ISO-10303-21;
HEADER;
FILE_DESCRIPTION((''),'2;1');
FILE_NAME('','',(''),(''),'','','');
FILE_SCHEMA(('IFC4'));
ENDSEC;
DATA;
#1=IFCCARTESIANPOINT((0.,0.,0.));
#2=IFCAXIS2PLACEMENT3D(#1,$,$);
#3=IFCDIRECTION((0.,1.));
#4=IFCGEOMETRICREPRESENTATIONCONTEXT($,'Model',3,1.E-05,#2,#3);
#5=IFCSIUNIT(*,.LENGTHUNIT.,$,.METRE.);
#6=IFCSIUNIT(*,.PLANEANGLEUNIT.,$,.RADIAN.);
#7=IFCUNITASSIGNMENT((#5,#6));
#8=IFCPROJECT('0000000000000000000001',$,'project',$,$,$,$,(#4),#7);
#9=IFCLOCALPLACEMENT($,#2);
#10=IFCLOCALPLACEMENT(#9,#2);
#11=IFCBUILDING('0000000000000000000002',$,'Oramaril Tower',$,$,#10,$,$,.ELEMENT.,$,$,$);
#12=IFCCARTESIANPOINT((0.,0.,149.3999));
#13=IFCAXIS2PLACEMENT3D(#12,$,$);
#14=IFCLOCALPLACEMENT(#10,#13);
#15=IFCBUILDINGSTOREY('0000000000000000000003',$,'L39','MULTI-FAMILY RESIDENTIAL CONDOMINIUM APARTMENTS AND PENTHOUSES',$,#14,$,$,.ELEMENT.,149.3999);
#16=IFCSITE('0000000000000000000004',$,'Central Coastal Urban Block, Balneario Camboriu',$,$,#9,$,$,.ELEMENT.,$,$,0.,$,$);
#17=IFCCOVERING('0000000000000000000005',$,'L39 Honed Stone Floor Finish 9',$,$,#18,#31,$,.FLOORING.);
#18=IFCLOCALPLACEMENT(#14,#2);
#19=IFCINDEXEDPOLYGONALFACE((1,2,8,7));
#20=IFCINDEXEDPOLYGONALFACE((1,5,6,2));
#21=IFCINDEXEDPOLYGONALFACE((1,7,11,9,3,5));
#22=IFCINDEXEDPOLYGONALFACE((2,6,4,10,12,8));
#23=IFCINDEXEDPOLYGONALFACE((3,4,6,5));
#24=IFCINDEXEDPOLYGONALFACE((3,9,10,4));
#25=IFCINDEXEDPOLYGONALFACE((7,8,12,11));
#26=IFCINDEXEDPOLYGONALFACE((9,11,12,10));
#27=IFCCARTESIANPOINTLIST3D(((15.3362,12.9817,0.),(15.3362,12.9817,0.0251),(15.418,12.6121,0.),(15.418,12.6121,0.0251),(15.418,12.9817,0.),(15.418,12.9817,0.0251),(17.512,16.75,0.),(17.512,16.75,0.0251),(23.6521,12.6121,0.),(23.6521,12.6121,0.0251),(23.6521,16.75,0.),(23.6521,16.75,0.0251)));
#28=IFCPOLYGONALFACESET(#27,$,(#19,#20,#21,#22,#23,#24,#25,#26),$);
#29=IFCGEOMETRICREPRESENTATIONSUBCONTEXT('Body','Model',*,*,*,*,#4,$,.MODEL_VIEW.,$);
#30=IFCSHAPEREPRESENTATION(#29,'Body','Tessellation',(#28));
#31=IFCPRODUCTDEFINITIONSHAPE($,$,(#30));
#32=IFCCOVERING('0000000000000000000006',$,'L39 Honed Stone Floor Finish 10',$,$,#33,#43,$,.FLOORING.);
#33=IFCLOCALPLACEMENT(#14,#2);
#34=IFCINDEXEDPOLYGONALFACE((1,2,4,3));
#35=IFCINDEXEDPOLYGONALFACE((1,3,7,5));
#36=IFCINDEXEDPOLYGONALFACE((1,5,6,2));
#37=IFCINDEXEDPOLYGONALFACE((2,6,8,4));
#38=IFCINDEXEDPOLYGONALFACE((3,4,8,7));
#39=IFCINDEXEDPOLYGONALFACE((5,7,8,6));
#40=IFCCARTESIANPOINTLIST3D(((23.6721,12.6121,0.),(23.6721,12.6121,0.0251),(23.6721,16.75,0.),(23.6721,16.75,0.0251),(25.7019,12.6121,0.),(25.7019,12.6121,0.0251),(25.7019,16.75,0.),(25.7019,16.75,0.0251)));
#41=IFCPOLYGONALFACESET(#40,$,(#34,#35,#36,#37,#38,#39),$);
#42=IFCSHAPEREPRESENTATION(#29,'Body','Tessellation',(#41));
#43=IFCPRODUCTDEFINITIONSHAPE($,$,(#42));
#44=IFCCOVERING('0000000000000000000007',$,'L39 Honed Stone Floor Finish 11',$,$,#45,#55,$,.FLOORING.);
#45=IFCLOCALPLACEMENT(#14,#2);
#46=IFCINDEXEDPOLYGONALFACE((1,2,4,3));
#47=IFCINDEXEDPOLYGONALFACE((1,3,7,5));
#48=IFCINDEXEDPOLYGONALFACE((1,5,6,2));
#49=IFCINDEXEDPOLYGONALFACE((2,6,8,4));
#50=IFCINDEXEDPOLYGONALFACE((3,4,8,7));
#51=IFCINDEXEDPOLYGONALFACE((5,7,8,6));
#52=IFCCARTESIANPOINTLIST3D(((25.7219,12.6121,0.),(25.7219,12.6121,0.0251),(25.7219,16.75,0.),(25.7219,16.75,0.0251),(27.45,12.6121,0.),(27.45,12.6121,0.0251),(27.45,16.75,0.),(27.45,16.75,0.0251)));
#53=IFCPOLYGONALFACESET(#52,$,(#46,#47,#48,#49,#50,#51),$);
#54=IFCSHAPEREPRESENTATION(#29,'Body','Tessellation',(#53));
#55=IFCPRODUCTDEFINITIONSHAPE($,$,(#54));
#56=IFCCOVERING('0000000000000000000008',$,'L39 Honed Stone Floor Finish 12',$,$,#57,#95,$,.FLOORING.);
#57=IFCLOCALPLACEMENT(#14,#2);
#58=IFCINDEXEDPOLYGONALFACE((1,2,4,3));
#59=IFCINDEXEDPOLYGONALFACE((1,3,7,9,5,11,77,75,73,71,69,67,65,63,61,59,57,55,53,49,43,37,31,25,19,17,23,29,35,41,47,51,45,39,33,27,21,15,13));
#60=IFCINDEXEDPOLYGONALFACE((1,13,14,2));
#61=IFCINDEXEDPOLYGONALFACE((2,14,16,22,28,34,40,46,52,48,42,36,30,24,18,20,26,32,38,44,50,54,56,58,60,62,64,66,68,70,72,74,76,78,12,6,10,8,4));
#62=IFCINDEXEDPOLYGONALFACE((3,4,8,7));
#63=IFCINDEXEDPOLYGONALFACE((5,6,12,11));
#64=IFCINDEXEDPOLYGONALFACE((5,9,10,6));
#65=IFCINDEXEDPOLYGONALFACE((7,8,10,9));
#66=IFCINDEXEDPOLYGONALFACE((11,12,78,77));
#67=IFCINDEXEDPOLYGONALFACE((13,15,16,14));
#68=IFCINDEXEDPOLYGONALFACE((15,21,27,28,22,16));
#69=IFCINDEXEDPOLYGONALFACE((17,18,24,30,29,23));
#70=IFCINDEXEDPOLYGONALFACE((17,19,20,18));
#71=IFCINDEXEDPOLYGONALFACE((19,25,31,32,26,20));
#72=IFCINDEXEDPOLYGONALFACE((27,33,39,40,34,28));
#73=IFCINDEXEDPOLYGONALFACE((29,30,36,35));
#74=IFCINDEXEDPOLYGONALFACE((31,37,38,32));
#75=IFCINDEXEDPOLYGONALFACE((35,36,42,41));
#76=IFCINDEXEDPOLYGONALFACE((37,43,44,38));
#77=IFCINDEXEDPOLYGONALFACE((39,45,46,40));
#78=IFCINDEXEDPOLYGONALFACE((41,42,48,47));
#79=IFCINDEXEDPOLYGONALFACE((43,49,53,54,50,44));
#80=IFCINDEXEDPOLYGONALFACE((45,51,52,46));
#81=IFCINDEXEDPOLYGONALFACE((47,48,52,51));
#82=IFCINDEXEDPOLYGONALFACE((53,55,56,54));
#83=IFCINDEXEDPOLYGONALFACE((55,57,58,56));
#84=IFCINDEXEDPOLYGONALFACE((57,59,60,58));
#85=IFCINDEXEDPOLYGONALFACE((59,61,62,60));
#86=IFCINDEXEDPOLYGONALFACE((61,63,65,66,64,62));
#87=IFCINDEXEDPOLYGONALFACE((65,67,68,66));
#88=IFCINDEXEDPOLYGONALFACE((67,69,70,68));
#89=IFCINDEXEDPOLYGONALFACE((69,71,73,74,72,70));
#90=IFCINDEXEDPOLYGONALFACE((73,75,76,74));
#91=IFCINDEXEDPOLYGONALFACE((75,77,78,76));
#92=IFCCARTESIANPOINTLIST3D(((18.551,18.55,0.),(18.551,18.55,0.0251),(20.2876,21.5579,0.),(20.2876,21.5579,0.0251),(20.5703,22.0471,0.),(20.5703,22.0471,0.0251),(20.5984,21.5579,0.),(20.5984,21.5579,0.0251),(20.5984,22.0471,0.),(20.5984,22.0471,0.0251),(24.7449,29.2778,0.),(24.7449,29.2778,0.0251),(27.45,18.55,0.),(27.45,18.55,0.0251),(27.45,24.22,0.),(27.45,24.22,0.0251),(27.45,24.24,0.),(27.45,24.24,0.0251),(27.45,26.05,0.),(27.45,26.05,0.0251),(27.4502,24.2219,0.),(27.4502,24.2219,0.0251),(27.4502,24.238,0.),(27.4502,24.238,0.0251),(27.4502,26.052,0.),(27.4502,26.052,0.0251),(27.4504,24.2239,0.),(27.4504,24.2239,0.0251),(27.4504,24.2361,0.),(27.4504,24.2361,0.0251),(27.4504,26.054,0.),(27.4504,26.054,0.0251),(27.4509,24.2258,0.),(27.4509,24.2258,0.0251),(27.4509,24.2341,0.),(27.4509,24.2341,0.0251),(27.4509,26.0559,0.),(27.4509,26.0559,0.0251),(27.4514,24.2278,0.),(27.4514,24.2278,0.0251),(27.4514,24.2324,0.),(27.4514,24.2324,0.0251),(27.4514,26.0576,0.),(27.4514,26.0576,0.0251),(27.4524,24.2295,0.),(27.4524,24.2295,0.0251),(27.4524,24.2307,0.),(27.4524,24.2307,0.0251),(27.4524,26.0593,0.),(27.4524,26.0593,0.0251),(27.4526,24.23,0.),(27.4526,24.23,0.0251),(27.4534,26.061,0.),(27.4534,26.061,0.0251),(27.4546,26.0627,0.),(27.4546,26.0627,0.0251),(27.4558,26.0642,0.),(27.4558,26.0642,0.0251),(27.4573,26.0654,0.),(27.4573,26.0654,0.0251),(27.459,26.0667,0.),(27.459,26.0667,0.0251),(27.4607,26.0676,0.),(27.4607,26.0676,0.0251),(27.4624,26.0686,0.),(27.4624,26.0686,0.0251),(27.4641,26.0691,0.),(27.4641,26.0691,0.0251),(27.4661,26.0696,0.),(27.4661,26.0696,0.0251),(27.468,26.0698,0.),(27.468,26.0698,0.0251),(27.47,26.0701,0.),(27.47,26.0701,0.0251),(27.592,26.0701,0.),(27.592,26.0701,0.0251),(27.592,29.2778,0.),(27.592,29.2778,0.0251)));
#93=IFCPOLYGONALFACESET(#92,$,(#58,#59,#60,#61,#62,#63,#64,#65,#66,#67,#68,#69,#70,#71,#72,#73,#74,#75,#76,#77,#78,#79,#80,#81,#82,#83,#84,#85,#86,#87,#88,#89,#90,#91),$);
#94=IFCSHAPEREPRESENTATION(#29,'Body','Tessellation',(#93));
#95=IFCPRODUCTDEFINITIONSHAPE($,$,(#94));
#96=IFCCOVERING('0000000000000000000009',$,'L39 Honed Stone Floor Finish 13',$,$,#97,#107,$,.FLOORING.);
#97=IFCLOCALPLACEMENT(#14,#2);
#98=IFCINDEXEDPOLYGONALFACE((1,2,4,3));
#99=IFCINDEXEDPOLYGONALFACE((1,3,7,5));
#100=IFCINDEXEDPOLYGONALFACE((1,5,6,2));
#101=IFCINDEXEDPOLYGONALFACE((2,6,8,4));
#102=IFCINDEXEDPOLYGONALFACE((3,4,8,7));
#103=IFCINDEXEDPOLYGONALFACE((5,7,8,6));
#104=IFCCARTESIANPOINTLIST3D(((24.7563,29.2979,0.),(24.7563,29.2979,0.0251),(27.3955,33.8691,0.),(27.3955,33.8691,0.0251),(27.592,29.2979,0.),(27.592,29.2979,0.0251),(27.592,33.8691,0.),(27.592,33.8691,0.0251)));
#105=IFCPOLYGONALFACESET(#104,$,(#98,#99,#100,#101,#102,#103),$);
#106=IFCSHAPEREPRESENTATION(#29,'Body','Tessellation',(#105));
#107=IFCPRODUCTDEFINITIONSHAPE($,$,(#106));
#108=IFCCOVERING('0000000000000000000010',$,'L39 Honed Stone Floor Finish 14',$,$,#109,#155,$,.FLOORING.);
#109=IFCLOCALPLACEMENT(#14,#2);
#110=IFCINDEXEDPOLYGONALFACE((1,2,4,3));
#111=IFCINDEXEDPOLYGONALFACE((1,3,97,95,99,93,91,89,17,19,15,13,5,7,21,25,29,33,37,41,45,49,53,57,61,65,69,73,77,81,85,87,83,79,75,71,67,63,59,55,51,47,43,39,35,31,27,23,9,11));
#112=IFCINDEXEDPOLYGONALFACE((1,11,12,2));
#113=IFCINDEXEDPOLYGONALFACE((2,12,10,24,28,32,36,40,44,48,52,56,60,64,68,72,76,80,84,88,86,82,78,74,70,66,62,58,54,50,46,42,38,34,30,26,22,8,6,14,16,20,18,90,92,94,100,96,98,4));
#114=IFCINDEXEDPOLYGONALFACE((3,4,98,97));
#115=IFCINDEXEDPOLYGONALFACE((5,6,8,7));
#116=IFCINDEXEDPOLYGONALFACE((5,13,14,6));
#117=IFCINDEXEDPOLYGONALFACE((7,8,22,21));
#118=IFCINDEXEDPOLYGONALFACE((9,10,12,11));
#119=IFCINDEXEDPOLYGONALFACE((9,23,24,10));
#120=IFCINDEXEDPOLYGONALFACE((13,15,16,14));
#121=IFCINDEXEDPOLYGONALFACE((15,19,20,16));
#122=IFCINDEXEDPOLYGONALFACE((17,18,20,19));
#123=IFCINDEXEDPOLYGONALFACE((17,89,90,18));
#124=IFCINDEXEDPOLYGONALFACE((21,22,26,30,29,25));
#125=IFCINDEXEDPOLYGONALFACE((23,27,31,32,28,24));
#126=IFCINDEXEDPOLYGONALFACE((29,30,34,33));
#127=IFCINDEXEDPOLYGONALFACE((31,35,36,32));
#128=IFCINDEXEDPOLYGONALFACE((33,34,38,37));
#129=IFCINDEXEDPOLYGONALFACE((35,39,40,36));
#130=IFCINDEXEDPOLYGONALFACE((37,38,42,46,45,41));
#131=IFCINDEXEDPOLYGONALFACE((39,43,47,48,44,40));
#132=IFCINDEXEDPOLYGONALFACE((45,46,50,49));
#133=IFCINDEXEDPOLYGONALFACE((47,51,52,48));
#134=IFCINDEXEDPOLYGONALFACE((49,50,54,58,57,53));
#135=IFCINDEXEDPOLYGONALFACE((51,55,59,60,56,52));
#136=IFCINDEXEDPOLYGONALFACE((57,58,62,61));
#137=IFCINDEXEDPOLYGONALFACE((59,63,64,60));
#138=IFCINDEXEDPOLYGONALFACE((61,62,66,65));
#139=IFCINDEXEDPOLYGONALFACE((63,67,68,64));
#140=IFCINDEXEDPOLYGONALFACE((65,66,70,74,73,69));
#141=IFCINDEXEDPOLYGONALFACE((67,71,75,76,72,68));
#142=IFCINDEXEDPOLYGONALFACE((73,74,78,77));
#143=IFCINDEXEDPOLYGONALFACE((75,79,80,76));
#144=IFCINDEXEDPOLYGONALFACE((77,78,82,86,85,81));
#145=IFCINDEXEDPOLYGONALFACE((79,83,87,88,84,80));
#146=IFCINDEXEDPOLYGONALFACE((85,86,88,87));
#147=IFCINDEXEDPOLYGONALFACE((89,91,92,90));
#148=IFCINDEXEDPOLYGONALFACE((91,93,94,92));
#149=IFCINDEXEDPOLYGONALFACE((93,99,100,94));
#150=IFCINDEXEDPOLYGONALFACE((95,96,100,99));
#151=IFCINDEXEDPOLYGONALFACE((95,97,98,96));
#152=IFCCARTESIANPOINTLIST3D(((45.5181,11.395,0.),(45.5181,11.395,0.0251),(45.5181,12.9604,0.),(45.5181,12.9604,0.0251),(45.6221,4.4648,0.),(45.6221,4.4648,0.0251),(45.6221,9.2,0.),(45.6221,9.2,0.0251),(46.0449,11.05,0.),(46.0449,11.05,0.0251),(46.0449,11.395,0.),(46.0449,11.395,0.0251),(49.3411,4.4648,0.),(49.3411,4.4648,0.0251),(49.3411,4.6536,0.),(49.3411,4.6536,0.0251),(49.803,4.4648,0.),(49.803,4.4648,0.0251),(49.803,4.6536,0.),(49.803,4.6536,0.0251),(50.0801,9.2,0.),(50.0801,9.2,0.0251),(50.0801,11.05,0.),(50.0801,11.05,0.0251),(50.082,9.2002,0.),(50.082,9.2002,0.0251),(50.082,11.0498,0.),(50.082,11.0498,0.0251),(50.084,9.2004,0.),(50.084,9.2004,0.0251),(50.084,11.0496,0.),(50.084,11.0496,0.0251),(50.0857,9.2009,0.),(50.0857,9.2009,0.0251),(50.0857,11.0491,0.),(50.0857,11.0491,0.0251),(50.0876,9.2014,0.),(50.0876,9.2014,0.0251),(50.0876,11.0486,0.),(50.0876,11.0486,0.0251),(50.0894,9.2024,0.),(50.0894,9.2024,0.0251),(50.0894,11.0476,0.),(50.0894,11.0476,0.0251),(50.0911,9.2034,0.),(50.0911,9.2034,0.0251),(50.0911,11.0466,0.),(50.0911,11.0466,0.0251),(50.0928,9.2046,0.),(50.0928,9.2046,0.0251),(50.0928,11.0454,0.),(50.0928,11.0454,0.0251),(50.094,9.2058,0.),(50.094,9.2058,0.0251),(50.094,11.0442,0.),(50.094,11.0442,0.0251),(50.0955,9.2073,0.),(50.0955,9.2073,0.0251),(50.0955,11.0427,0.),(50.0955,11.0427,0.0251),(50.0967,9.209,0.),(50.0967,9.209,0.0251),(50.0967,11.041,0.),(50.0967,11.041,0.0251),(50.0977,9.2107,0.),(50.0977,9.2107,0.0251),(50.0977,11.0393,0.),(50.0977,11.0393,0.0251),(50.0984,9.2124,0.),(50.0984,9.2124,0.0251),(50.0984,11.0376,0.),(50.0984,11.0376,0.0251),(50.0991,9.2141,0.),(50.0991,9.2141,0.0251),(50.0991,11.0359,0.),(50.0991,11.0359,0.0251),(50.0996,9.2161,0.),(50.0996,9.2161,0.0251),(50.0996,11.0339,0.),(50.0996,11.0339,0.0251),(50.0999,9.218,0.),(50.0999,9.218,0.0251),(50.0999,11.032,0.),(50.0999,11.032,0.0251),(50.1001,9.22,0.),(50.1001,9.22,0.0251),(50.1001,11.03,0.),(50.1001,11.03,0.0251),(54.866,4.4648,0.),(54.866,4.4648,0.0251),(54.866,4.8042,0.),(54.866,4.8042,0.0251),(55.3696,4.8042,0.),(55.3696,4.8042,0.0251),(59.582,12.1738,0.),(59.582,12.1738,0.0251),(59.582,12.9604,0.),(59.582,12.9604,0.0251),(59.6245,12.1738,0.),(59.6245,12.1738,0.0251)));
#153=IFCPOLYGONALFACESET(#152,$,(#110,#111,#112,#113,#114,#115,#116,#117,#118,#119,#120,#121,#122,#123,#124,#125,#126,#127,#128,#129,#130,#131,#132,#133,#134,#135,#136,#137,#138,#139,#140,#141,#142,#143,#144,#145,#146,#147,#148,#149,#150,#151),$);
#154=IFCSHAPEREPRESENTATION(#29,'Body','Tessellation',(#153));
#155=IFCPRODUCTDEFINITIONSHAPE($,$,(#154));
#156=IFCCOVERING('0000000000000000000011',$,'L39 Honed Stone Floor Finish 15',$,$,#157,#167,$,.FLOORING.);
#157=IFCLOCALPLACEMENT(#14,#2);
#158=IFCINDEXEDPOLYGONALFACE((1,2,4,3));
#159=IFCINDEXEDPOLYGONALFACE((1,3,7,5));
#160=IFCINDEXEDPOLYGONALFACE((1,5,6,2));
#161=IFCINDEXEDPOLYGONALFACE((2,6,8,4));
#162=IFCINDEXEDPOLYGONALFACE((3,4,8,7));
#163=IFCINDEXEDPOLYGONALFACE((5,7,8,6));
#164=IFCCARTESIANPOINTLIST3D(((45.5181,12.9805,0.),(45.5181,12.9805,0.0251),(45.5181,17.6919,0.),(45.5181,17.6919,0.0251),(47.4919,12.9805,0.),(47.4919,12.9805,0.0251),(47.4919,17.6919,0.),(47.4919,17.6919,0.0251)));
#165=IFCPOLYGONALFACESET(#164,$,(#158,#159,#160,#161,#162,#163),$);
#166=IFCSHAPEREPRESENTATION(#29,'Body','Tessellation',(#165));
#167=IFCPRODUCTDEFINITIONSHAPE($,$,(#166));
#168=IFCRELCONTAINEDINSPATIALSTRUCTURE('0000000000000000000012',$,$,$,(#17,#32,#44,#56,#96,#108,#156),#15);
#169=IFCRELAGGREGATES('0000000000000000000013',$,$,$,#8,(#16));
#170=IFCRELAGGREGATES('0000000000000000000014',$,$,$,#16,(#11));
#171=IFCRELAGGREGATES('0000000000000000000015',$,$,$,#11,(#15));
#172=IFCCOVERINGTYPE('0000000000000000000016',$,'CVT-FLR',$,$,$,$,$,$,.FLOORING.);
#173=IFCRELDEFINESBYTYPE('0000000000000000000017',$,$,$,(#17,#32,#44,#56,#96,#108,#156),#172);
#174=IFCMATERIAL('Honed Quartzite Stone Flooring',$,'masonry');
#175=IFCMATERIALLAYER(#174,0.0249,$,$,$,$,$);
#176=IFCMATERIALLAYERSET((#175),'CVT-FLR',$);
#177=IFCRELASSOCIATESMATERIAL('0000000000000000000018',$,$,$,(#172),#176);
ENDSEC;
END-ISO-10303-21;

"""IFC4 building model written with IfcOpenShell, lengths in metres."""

from ifc_helpers import new_model, si_unit, direction, frame, origin, place, context, subcontext, project, spatial, polyline, outline, extrude, material, layer, layer_set, type_object, element, save


model = new_model("IFC4")

# Units and contexts
model_context = context("Model", 3, precision=1e-05, world=origin(), true_north=direction((0.0, 1.0)))
body_context = subcontext(model_context, "Body", "Model", "MODEL_VIEW")
ifc_project = project(units=[si_unit("LENGTHUNIT", "METRE"), si_unit("PLANEANGLEUNIT", "RADIAN")], contexts=[model_context])

# Site, building, storey
site_placement = place(None, origin())
site = spatial("IfcSite", under=ifc_project, at=site_placement, Name="Central Coastal Urban Block, Balneario Camboriu", CompositionType="ELEMENT", RefElevation=0.0)
building_placement = place(site_placement, origin())
building = spatial("IfcBuilding", under=site, at=building_placement, Name="Oramaril Tower", CompositionType="ELEMENT")
storey_placement = place(building_placement, frame((0.0, 0.0, 149.3999)))
storey = spatial("IfcBuildingStorey", under=building, at=storey_placement, Name="L39", Description="MULTI-FAMILY RESIDENTIAL CONDOMINIUM APARTMENTS AND PENTHOUSES", CompositionType="ELEMENT", Elevation=149.3999)

# Coverings
ifc_material_1 = material(Name="Honed Quartzite Stone Flooring", Category="masonry")
ifc_layer_1 = layer(ifc_material_1, 0.0249)
ifc_layer_set_1 = layer_set([ifc_layer_1], Name="CVT-FLR")
covering_type_1 = type_object("IfcCoveringType", Name="CVT-FLR", PredefinedType="FLOORING", material=ifc_layer_set_1)
covering_1_placement = place(storey_placement, origin())
element("IfcCovering", 1, at=covering_1_placement, inside=storey, type_object=covering_type_1, Name="L39 Honed Stone Floor Finish 9", PredefinedType="FLOORING", context=body_context, shape_type="SweptSolid", body=[
    extrude(outline(polyline([(23.6521, 12.6121), (15.418, 12.6121), (15.418, 12.9817), (15.3362, 12.9817), (17.512, 16.75), (23.6521, 16.75), (23.6521, 12.6121)])), origin(), (0.0, 0.0, 1.0), 0.0251),
])
covering_2_placement = place(storey_placement, origin())
element("IfcCovering", 2, at=covering_2_placement, inside=storey, type_object=covering_type_1, Name="L39 Honed Stone Floor Finish 10", PredefinedType="FLOORING", context=body_context, shape_type="SweptSolid", body=[
    extrude(outline(polyline([(25.7019, 12.6121), (23.6721, 12.6121), (23.6721, 16.75), (25.7019, 16.75), (25.7019, 12.6121)])), origin(), (0.0, 0.0, 1.0), 0.0251),
])
covering_3_placement = place(storey_placement, origin())
element("IfcCovering", 3, at=covering_3_placement, inside=storey, type_object=covering_type_1, Name="L39 Honed Stone Floor Finish 11", PredefinedType="FLOORING", context=body_context, shape_type="SweptSolid", body=[
    extrude(outline(polyline([(25.7219, 16.75), (27.45, 16.75), (27.45, 12.6121), (25.7219, 12.6121), (25.7219, 16.75)])), origin(), (0.0, 0.0, 1.0), 0.0251),
])
covering_4_placement = place(storey_placement, origin())
element("IfcCovering", 4, at=covering_4_placement, inside=storey, type_object=covering_type_1, Name="L39 Honed Stone Floor Finish 12", PredefinedType="FLOORING", context=body_context, shape_type="SweptSolid", body=[
    extrude(outline(polyline([(27.592, 26.0701), (27.47, 26.0701), (27.468, 26.0698), (27.4661, 26.0696), (27.4641, 26.0691), (27.4624, 26.0686), (27.4607, 26.0676), (27.459, 26.0667), (27.4573, 26.0654), (27.4558, 26.0642), (27.4546, 26.0627), (27.4534, 26.061), (27.4524, 26.0593), (27.4514, 26.0576), (27.4509, 26.0559), (27.4504, 26.054), (27.4502, 26.052), (27.45, 26.05), (27.45, 24.24), (27.4502, 24.238), (27.4504, 24.2361), (27.4509, 24.2341), (27.4514, 24.2324), (27.4524, 24.2307), (27.4526, 24.23), (27.4524, 24.2295), (27.4514, 24.2278), (27.4509, 24.2258), (27.4504, 24.2239), (27.4502, 24.2219), (27.45, 24.22), (27.45, 18.55), (18.551, 18.55), (20.2876, 21.5579), (20.5984, 21.5579), (20.5984, 22.0471), (20.5703, 22.0471), (24.7449, 29.2778), (27.592, 29.2778), (27.592, 26.0701)])), origin(), (0.0, 0.0, 1.0), 0.0251),
])
covering_5_placement = place(storey_placement, origin())
element("IfcCovering", 5, at=covering_5_placement, inside=storey, type_object=covering_type_1, Name="L39 Honed Stone Floor Finish 13", PredefinedType="FLOORING", context=body_context, shape_type="SweptSolid", body=[
    extrude(outline(polyline([(27.3955, 33.8691), (27.592, 33.8691), (27.592, 29.2979), (24.7563, 29.2979), (27.3955, 33.8691)])), origin(), (0.0, 0.0, 1.0), 0.0251),
])
covering_6_placement = place(storey_placement, origin())
element("IfcCovering", 6, at=covering_6_placement, inside=storey, type_object=covering_type_1, Name="L39 Honed Stone Floor Finish 14", PredefinedType="FLOORING", context=body_context, shape_type="SweptSolid", body=[
    extrude(outline(polyline([(46.0449, 11.395), (45.5181, 11.395), (45.5181, 12.9604), (59.582, 12.9604), (59.582, 12.1738), (59.6245, 12.1738), (55.3696, 4.8042), (54.866, 4.8042), (54.866, 4.4648), (49.803, 4.4648), (49.803, 4.6536), (49.3411, 4.6536), (49.3411, 4.4648), (45.6221, 4.4648), (45.6221, 9.2), (50.0801, 9.2), (50.082, 9.2002), (50.084, 9.2004), (50.0857, 9.2009), (50.0876, 9.2014), (50.0894, 9.2024), (50.0911, 9.2034), (50.0928, 9.2046), (50.094, 9.2058), (50.0955, 9.2073), (50.0967, 9.209), (50.0977, 9.2107), (50.0984, 9.2124), (50.0991, 9.2141), (50.0996, 9.2161), (50.0999, 9.218), (50.1001, 9.22), (50.1001, 11.03), (50.0999, 11.032), (50.0996, 11.0339), (50.0991, 11.0359), (50.0984, 11.0376), (50.0977, 11.0393), (50.0967, 11.041), (50.0955, 11.0427), (50.094, 11.0442), (50.0928, 11.0454), (50.0911, 11.0466), (50.0894, 11.0476), (50.0876, 11.0486), (50.0857, 11.0491), (50.084, 11.0496), (50.082, 11.0498), (50.0801, 11.05), (46.0449, 11.05), (46.0449, 11.395)])), origin(), (0.0, 0.0, 1.0), 0.0251),
])
covering_7_placement = place(storey_placement, origin())
element("IfcCovering", 7, at=covering_7_placement, inside=storey, type_object=covering_type_1, Name="L39 Honed Stone Floor Finish 15", PredefinedType="FLOORING", context=body_context, shape_type="SweptSolid", body=[
    extrude(outline(polyline([(45.5181, 17.6919), (47.4919, 17.6919), (47.4919, 12.9805), (45.5181, 12.9805), (45.5181, 17.6919)])), origin(), (0.0, 0.0, 1.0), 0.0251),
])

save(model, "model.ifc")
